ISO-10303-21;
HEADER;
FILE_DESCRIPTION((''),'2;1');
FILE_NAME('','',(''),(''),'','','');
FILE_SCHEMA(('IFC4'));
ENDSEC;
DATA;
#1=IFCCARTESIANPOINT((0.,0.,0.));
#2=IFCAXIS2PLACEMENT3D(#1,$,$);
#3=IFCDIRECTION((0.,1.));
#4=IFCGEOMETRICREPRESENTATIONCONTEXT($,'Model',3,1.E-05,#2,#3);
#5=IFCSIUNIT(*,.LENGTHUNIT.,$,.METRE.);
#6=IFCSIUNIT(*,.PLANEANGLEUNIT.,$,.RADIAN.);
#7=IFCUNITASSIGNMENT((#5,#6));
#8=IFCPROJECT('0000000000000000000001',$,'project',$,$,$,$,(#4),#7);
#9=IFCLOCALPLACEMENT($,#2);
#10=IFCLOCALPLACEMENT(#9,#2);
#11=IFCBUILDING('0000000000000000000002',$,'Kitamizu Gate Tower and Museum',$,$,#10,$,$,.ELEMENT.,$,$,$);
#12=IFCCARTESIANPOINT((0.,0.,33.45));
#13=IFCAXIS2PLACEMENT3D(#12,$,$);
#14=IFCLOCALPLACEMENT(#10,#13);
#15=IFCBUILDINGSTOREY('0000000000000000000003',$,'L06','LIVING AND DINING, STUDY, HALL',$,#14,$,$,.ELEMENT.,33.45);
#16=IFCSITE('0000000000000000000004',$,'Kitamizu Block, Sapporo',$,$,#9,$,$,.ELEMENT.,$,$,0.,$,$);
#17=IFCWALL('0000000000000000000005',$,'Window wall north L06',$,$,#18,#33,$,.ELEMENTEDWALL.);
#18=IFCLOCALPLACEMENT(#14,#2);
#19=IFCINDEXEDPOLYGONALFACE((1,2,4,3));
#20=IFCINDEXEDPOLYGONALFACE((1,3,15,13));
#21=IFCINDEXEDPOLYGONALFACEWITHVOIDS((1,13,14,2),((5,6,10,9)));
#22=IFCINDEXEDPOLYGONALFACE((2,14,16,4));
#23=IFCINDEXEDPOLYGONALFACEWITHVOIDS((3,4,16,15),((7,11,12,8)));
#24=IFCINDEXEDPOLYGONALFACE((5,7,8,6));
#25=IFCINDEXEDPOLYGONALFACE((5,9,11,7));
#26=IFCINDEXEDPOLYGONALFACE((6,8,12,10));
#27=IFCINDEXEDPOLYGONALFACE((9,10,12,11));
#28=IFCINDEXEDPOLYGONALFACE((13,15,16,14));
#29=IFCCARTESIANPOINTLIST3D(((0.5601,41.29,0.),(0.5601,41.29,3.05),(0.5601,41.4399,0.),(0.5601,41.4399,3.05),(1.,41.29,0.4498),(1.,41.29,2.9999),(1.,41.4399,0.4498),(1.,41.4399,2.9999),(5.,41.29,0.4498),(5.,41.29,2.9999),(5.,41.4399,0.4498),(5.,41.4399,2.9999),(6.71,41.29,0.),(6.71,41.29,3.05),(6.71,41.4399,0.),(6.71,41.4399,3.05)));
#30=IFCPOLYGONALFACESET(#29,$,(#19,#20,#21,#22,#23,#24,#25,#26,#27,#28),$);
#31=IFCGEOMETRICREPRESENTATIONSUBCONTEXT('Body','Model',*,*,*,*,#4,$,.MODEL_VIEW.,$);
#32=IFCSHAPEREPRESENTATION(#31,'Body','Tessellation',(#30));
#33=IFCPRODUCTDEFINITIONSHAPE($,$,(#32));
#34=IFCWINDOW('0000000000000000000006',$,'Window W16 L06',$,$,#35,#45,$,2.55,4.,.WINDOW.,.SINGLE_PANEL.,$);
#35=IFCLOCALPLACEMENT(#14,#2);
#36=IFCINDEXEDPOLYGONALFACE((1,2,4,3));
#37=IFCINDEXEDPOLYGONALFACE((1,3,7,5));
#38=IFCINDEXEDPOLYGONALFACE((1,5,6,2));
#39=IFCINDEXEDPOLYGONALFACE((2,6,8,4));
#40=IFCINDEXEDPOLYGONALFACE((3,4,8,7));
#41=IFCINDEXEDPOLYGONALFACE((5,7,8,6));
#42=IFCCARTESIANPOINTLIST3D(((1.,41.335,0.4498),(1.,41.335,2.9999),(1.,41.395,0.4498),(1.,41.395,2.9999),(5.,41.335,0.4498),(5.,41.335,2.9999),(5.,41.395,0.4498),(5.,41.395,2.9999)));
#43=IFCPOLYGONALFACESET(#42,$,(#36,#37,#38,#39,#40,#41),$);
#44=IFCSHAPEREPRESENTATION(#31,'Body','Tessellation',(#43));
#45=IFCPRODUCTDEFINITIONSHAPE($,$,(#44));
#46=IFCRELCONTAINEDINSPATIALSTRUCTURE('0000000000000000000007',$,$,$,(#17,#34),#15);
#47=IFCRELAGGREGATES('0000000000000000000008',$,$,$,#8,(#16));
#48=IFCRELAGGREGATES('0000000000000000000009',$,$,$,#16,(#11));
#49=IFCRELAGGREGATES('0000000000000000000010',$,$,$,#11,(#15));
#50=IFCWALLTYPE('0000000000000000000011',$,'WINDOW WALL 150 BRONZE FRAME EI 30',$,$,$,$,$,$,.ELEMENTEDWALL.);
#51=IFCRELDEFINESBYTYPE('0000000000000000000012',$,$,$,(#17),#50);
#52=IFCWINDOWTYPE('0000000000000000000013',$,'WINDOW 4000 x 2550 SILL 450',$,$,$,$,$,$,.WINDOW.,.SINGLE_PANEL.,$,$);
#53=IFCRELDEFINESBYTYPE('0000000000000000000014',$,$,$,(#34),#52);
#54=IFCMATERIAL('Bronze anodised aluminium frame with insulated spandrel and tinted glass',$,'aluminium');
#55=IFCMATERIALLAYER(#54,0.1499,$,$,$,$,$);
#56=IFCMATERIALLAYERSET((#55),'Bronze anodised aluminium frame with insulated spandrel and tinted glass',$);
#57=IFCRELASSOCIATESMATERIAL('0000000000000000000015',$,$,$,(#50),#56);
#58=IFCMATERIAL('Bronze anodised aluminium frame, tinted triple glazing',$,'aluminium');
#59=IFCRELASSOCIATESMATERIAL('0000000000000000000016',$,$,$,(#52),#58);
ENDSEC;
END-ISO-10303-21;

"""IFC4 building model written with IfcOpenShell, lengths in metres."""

from ifc_helpers import new_model, si_unit, direction, frame, frame_2d, origin, place, context, subcontext, project, spatial, rectangle, extrude, material, layer, layer_set, type_object, element, fill, save


model = new_model("IFC4")

# Units and contexts
model_context = context("Model", 3, precision=1e-05, world=origin(), true_north=direction((0.0, 1.0)))
body_context = subcontext(model_context, "Body", "Model", "MODEL_VIEW")
ifc_project = project(units=[si_unit("LENGTHUNIT", "METRE"), si_unit("PLANEANGLEUNIT", "RADIAN")], contexts=[model_context])

# Site, building, storey
site_placement = place(None, origin())
site = spatial("IfcSite", under=ifc_project, at=site_placement, Name="Kitamizu Block, Sapporo", CompositionType="ELEMENT", RefElevation=0.0)
building_placement = place(site_placement, origin())
building = spatial("IfcBuilding", under=site, at=building_placement, Name="Kitamizu Gate Tower and Museum", CompositionType="ELEMENT")
storey_placement = place(building_placement, frame((0.0, 0.0, 33.45)))
storey = spatial("IfcBuildingStorey", under=building, at=storey_placement, Name="L06", Description="LIVING AND DINING, STUDY, HALL", CompositionType="ELEMENT", Elevation=33.45)

# Shared definitions
ifc_material_1 = material(Name="Bronze anodised aluminium frame with insulated spandrel and tinted glass", Category="aluminium")
ifc_layer = layer(ifc_material_1, 0.1499)
ifc_layer_set = layer_set([ifc_layer], Name="Bronze anodised aluminium frame with insulated spandrel and tinted glass")
wall_type = type_object("IfcWallType", Name="WINDOW WALL 150 BRONZE FRAME EI 30", PredefinedType="ELEMENTEDWALL", material=ifc_layer_set)

# Wall, opening, window
wall_1_placement = place(storey_placement, frame((0.5601, 41.365, 0.0), z_axis=(0.0, 0.0, 1.0), x_axis=(1.0, 0.0, 0.0)))
wall_1 = element("IfcWall", 1, at=wall_1_placement, inside=storey, type_object=wall_type, Name="Window wall north L06", PredefinedType="ELEMENTEDWALL", context=body_context, shape_type="SweptSolid", body=[
    extrude(rectangle(XDim=6.1499, YDim=0.1499, at=frame_2d((3.075, 0.0))), origin(), (0.0, 0.0, 1.0), 3.05),
])
opening_1_placement = place(wall_1_placement, frame((0.4399, 0.0, 0.45)))
opening_1 = element("IfcOpeningElement", 2, at=opening_1_placement, cuts=wall_1, PredefinedType="OPENING", context=body_context, shape_type="SweptSolid", body=[
    extrude(rectangle(XDim=4.0, YDim=2.55, at=frame_2d((2.0, 1.2749))), frame((0.0, 0.085, 0.0), z_axis=(0.0, -1.0, 0.0), x_axis=(1.0, 0.0, 0.0)), (0.0, 0.0, 1.0), 0.1699),
])
ifc_material_2 = material(Name="Bronze anodised aluminium frame, tinted triple glazing", Category="aluminium")
window_type_1 = type_object("IfcWindowType", Name="WINDOW 4000 x 2550 SILL 450", PartitioningType="SINGLE_PANEL", PredefinedType="WINDOW", material=ifc_material_2)
window_1_placement = place(opening_1_placement, origin())
window_1 = element("IfcWindow", 3, at=window_1_placement, inside=storey, type_object=window_type_1, Name="Window W16 L06", OverallHeight=2.55, OverallWidth=4.0, PartitioningType="SINGLE_PANEL", PredefinedType="WINDOW", context=body_context, shape_type="SweptSolid", body=[
    extrude(rectangle(XDim=4.0, YDim=2.55, at=frame_2d((2.0, 1.2749))), frame((0.0, 0.03, 0.0), z_axis=(0.0, -1.0, 0.0), x_axis=(1.0, 0.0, 0.0)), (0.0, 0.0, 1.0), 0.0601),
])
fill(opening_1, window_1)

save(model, "model.ifc")
